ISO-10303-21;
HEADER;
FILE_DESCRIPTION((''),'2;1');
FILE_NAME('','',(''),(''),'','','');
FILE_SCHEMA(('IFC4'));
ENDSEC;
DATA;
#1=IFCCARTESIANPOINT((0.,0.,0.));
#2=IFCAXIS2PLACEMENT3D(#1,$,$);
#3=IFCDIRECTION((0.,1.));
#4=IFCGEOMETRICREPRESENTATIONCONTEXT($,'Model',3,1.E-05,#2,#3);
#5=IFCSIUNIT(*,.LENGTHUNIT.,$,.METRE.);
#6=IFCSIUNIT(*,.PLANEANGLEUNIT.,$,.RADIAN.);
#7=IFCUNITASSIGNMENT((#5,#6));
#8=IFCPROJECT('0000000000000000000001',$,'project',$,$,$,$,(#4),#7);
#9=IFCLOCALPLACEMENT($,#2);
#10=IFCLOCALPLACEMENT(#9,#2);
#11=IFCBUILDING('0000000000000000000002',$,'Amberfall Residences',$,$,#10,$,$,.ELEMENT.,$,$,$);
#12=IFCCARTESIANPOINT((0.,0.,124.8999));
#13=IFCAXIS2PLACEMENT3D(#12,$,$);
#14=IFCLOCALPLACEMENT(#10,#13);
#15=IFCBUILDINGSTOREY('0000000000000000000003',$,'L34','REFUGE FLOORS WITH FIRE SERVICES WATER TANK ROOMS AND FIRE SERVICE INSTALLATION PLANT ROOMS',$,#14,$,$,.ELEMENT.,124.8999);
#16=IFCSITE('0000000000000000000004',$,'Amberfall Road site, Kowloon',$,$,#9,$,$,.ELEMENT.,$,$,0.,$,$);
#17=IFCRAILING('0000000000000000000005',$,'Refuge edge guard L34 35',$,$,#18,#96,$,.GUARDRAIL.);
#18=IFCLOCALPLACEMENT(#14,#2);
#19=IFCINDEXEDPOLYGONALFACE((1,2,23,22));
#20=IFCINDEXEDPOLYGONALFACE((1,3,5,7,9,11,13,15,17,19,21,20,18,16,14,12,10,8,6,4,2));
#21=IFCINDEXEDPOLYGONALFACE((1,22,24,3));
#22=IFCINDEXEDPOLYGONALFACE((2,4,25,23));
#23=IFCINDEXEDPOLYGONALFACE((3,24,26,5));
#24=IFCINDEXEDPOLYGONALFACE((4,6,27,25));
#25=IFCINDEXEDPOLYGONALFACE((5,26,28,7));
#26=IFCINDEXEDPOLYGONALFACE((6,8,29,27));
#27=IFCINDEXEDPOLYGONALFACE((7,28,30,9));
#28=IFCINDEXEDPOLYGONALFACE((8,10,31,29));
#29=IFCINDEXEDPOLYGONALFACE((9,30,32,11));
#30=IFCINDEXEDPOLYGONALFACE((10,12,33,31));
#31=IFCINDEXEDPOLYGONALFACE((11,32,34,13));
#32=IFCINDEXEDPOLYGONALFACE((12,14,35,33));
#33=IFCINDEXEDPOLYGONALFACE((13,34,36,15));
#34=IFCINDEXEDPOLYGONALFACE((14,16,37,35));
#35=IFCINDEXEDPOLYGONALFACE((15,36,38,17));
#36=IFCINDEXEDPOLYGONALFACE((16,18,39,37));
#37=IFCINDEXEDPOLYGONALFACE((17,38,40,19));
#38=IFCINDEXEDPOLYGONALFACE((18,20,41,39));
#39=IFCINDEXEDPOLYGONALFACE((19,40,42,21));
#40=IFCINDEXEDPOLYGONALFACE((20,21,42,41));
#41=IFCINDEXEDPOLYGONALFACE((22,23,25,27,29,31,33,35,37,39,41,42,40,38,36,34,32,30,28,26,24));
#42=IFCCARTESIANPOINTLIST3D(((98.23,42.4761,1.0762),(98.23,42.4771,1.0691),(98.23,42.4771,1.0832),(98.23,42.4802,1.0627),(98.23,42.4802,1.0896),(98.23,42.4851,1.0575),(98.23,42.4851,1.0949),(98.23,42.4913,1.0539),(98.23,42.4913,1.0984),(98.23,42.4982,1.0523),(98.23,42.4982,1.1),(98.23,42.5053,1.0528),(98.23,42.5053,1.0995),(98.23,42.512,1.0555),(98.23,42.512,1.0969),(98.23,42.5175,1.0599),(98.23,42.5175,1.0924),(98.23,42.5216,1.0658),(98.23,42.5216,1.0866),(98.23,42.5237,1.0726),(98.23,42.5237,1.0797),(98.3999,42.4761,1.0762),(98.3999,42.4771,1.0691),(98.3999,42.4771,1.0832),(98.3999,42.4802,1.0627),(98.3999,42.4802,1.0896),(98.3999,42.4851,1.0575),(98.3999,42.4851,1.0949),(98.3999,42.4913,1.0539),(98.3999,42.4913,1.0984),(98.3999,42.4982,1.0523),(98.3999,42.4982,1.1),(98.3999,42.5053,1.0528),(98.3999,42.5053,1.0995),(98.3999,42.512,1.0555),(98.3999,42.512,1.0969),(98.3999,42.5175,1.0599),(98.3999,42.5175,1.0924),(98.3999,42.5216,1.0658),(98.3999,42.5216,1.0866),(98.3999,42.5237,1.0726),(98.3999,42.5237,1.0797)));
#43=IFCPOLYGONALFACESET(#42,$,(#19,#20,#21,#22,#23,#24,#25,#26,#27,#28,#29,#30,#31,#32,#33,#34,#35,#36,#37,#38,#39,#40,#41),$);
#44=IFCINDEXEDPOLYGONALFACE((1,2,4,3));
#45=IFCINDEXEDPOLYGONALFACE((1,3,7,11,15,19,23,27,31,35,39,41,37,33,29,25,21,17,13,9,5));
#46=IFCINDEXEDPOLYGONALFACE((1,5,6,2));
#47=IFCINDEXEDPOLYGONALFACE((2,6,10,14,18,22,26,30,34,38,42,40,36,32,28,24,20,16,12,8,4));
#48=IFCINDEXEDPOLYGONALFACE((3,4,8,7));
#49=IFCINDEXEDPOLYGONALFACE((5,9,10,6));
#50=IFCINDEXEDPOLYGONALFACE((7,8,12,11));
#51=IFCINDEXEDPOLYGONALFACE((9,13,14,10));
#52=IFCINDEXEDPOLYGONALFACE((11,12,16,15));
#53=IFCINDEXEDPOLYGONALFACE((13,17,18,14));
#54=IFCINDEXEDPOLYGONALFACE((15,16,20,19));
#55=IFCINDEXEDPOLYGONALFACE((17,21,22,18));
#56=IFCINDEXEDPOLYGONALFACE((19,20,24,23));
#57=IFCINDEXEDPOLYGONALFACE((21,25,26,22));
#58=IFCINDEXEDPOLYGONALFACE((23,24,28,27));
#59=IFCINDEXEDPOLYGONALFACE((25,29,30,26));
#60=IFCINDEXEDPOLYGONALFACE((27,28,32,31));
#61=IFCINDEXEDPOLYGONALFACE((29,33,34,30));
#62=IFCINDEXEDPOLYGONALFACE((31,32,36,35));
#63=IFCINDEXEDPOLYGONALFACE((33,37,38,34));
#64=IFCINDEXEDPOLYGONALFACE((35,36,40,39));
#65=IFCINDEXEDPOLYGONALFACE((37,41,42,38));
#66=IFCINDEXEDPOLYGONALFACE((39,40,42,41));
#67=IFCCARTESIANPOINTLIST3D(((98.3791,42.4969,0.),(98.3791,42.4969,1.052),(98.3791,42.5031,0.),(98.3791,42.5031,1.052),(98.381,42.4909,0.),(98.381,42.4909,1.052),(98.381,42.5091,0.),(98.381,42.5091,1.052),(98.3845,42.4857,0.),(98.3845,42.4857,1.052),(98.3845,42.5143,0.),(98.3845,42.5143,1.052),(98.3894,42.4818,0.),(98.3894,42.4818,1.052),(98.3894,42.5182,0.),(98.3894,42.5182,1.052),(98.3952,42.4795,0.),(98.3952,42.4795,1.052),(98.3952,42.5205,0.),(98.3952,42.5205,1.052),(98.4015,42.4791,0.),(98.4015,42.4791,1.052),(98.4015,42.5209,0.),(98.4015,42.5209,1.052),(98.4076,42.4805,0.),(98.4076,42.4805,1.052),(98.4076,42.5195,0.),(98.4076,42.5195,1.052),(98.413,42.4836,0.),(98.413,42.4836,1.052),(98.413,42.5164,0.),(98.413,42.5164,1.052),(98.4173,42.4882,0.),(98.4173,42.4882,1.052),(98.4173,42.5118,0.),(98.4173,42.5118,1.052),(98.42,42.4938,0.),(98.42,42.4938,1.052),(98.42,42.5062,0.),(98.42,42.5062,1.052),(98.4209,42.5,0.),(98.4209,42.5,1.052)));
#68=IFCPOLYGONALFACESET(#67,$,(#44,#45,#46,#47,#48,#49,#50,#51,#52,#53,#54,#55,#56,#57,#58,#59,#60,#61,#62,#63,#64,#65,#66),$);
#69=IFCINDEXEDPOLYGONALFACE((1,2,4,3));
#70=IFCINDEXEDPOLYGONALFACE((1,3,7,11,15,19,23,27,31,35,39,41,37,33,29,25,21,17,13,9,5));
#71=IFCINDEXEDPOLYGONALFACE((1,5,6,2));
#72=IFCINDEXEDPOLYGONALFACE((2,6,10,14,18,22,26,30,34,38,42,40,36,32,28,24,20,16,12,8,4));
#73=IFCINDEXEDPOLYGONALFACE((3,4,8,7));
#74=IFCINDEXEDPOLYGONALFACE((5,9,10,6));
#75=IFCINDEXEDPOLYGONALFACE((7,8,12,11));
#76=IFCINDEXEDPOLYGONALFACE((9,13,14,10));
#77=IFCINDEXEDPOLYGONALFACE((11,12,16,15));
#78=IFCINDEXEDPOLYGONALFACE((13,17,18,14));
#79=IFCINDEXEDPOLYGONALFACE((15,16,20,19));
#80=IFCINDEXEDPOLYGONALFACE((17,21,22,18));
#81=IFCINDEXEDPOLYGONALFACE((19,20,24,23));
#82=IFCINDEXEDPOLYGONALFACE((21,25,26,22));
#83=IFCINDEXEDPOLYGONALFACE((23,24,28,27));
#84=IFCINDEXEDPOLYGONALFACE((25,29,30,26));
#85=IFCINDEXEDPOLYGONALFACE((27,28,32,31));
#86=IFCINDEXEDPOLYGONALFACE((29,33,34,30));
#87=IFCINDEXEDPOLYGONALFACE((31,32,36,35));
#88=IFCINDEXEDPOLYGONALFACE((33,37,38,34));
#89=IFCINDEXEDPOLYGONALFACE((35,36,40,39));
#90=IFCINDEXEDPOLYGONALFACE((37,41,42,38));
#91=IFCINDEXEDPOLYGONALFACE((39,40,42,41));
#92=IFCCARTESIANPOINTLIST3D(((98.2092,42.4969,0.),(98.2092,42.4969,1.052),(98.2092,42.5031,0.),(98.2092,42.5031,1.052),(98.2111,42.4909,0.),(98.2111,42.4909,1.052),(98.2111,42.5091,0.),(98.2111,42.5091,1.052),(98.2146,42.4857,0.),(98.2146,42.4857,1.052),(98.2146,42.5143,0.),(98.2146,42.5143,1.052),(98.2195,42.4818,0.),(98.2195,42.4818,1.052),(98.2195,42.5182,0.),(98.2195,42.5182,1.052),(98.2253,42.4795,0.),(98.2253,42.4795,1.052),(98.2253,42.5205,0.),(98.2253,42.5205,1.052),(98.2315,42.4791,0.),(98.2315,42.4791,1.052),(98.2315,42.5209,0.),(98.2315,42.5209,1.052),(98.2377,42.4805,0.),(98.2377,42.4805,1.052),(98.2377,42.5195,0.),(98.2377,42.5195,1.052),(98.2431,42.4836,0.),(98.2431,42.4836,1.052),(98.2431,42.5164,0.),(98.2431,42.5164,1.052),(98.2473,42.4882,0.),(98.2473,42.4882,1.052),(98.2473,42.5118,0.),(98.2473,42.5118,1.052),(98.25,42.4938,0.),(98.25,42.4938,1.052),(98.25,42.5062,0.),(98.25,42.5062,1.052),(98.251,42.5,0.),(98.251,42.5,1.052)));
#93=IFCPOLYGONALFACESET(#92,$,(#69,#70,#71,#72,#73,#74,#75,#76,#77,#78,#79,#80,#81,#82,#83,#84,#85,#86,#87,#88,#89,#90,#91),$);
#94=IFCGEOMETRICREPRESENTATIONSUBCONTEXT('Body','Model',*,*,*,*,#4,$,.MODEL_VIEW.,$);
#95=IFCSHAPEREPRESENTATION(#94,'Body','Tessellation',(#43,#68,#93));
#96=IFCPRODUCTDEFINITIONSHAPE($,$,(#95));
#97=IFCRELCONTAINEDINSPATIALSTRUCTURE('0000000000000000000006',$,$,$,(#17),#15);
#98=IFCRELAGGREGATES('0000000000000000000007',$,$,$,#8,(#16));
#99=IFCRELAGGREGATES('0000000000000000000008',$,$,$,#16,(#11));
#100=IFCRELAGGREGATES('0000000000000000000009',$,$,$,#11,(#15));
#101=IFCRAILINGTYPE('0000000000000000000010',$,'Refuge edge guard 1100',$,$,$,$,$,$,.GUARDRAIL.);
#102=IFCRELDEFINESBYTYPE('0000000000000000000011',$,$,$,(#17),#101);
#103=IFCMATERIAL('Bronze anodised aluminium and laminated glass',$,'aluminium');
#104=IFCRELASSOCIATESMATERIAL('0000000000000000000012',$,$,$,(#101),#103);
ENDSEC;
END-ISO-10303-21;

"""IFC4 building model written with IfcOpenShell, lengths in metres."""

from ifc_helpers import new_model, si_unit, direction, frame, origin, origin_2d, place, context, subcontext, project, spatial, circle, extrude, material, type_object, element, save


model = new_model("IFC4")

# Units and contexts
model_context = context("Model", 3, precision=1e-05, world=origin(), true_north=direction((0.0, 1.0)))
body_context = subcontext(model_context, "Body", "Model", "MODEL_VIEW")
ifc_project = project(units=[si_unit("LENGTHUNIT", "METRE"), si_unit("PLANEANGLEUNIT", "RADIAN")], contexts=[model_context])

# Site, building, storey
site_placement = place(None, origin())
site = spatial("IfcSite", under=ifc_project, at=site_placement, Name="Amberfall Road site, Kowloon", CompositionType="ELEMENT", RefElevation=0.0)
building_placement = place(site_placement, origin())
building = spatial("IfcBuilding", under=site, at=building_placement, Name="Amberfall Residences", CompositionType="ELEMENT")
storey_placement = place(building_placement, frame((0.0, 0.0, 124.8999)))
storey = spatial("IfcBuildingStorey", under=building, at=storey_placement, Name="L34", Description="REFUGE FLOORS WITH FIRE SERVICES WATER TANK ROOMS AND FIRE SERVICE INSTALLATION PLANT ROOMS", CompositionType="ELEMENT", Elevation=124.8999)

# Railing
ifc_material_1 = material(Name="Bronze anodised aluminium and laminated glass", Category="aluminium")
railing_type = type_object("IfcRailingType", Name="Refuge edge guard 1100", PredefinedType="GUARDRAIL", material=ifc_material_1)
railing_1_placement = place(storey_placement, frame((98.3999, 42.5, 0.0)))
element("IfcRailing", 1, at=railing_1_placement, inside=storey, type_object=railing_type, Name="Refuge edge guard L34 35", PredefinedType="GUARDRAIL", context=body_context, shape_type="SweptSolid", body=[
    extrude(circle(Radius=0.0239, at=origin_2d()), frame((0.0, 0.0, 1.0762), z_axis=(-1.0, 0.0, 0.0), x_axis=(0.0, -1.0, 0.0)), (0.0, 0.0, 1.0), 0.1699),
    extrude(circle(Radius=0.021, at=origin_2d()), origin(), (0.0, 0.0, 1.0), 1.052),
    extrude(circle(Radius=0.021, at=origin_2d()), frame((-0.1699, 0.0, 0.0)), (0.0, 0.0, 1.0), 1.052),
])

save(model, "model.ifc")
